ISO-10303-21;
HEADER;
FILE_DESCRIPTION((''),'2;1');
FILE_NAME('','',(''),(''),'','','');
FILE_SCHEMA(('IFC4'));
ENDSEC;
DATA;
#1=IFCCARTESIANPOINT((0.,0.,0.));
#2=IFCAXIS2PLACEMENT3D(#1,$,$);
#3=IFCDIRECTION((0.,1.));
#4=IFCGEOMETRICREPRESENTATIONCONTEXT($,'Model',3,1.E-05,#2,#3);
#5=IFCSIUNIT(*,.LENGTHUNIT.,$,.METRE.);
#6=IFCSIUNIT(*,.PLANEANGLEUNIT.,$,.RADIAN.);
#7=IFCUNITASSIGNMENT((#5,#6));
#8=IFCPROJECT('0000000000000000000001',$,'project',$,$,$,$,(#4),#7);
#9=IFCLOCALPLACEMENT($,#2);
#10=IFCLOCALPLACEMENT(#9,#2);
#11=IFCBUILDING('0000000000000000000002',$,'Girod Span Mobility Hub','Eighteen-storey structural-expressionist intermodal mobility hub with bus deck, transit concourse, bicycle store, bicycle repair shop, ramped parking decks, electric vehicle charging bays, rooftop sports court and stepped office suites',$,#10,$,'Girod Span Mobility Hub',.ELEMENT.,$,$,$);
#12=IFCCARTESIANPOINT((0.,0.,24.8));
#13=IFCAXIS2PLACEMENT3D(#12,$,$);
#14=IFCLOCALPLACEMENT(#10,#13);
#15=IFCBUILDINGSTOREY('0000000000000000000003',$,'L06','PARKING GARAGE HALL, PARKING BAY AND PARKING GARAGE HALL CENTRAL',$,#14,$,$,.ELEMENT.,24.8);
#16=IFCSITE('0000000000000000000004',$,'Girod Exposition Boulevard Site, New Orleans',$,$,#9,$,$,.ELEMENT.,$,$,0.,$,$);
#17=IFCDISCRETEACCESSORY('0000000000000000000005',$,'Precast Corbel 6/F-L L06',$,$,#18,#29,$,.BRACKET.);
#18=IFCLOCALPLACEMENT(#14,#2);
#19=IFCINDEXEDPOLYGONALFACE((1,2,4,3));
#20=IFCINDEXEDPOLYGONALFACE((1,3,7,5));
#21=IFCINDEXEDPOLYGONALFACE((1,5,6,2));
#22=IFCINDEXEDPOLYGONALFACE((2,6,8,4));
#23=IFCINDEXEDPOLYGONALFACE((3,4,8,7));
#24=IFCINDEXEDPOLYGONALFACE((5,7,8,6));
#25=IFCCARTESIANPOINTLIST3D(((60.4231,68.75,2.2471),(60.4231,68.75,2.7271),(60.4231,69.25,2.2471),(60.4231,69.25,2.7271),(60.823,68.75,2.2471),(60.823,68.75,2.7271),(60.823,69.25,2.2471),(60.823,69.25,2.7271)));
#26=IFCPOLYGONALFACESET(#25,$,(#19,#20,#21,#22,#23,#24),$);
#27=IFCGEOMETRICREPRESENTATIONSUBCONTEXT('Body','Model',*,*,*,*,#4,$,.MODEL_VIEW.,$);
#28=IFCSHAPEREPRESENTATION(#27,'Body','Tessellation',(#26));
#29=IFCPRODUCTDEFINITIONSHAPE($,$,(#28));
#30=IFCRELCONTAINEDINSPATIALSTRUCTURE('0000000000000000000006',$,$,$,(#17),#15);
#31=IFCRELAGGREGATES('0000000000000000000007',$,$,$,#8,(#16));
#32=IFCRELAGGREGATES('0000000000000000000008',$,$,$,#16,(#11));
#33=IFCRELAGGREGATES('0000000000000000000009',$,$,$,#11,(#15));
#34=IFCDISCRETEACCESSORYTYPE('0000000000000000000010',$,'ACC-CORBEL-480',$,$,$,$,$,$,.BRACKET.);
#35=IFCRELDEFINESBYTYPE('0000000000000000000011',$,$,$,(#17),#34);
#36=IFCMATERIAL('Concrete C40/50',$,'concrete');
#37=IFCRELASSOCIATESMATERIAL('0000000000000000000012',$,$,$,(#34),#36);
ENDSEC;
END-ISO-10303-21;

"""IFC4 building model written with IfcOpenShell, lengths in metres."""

from ifc_helpers import new_model, si_unit, direction, frame, origin, origin_2d, place, context, subcontext, project, spatial, rectangle, extrude, material, type_object, element, save


model = new_model("IFC4")

# Units and contexts
model_context = context("Model", 3, precision=1e-05, world=origin(), true_north=direction((0.0, 1.0)))
body_context = subcontext(model_context, "Body", "Model", "MODEL_VIEW")
ifc_project = project(units=[si_unit("LENGTHUNIT", "METRE"), si_unit("PLANEANGLEUNIT", "RADIAN")], contexts=[model_context])

# Site, building, storey
site_placement = place(None, origin())
site = spatial("IfcSite", under=ifc_project, at=site_placement, Name="Girod Exposition Boulevard Site, New Orleans", CompositionType="ELEMENT", RefElevation=0.0)
building_placement = place(site_placement, origin())
building = spatial("IfcBuilding", under=site, at=building_placement, Name="Girod Span Mobility Hub", Description="Eighteen-storey structural-expressionist intermodal mobility hub with bus deck, transit concourse, bicycle store, bicycle repair shop, ramped parking decks, electric vehicle charging bays, rooftop sports court and stepped office suites", LongName="Girod Span Mobility Hub", CompositionType="ELEMENT")
storey_placement = place(building_placement, frame((0.0, 0.0, 24.8)))
storey = spatial("IfcBuildingStorey", under=building, at=storey_placement, Name="L06", Description="PARKING GARAGE HALL, PARKING BAY AND PARKING GARAGE HALL CENTRAL", CompositionType="ELEMENT", Elevation=24.8)

# Discrete accessory
ifc_material_1 = material(Name="Concrete C40/50", Category="concrete")
discrete_accessory_type = type_object("IfcDiscreteAccessoryType", Name="ACC-CORBEL-480", PredefinedType="BRACKET", material=ifc_material_1)
discrete_accessory_placement = place(storey_placement, frame((60.623, 69.0, 2.2471), z_axis=(0.0, 0.0, 1.0), x_axis=(1.0, 0.0, 0.0)))
element("IfcDiscreteAccessory", 1, at=discrete_accessory_placement, inside=storey, type_object=discrete_accessory_type, Name="Precast Corbel 6/F-L L06", PredefinedType="BRACKET", context=body_context, shape_type="SweptSolid", body=[
    extrude(rectangle(XDim=0.3999, YDim=0.5, at=origin_2d()), origin(), (0.0, 0.0, 1.0), 0.48),
])

save(model, "model.ifc")
